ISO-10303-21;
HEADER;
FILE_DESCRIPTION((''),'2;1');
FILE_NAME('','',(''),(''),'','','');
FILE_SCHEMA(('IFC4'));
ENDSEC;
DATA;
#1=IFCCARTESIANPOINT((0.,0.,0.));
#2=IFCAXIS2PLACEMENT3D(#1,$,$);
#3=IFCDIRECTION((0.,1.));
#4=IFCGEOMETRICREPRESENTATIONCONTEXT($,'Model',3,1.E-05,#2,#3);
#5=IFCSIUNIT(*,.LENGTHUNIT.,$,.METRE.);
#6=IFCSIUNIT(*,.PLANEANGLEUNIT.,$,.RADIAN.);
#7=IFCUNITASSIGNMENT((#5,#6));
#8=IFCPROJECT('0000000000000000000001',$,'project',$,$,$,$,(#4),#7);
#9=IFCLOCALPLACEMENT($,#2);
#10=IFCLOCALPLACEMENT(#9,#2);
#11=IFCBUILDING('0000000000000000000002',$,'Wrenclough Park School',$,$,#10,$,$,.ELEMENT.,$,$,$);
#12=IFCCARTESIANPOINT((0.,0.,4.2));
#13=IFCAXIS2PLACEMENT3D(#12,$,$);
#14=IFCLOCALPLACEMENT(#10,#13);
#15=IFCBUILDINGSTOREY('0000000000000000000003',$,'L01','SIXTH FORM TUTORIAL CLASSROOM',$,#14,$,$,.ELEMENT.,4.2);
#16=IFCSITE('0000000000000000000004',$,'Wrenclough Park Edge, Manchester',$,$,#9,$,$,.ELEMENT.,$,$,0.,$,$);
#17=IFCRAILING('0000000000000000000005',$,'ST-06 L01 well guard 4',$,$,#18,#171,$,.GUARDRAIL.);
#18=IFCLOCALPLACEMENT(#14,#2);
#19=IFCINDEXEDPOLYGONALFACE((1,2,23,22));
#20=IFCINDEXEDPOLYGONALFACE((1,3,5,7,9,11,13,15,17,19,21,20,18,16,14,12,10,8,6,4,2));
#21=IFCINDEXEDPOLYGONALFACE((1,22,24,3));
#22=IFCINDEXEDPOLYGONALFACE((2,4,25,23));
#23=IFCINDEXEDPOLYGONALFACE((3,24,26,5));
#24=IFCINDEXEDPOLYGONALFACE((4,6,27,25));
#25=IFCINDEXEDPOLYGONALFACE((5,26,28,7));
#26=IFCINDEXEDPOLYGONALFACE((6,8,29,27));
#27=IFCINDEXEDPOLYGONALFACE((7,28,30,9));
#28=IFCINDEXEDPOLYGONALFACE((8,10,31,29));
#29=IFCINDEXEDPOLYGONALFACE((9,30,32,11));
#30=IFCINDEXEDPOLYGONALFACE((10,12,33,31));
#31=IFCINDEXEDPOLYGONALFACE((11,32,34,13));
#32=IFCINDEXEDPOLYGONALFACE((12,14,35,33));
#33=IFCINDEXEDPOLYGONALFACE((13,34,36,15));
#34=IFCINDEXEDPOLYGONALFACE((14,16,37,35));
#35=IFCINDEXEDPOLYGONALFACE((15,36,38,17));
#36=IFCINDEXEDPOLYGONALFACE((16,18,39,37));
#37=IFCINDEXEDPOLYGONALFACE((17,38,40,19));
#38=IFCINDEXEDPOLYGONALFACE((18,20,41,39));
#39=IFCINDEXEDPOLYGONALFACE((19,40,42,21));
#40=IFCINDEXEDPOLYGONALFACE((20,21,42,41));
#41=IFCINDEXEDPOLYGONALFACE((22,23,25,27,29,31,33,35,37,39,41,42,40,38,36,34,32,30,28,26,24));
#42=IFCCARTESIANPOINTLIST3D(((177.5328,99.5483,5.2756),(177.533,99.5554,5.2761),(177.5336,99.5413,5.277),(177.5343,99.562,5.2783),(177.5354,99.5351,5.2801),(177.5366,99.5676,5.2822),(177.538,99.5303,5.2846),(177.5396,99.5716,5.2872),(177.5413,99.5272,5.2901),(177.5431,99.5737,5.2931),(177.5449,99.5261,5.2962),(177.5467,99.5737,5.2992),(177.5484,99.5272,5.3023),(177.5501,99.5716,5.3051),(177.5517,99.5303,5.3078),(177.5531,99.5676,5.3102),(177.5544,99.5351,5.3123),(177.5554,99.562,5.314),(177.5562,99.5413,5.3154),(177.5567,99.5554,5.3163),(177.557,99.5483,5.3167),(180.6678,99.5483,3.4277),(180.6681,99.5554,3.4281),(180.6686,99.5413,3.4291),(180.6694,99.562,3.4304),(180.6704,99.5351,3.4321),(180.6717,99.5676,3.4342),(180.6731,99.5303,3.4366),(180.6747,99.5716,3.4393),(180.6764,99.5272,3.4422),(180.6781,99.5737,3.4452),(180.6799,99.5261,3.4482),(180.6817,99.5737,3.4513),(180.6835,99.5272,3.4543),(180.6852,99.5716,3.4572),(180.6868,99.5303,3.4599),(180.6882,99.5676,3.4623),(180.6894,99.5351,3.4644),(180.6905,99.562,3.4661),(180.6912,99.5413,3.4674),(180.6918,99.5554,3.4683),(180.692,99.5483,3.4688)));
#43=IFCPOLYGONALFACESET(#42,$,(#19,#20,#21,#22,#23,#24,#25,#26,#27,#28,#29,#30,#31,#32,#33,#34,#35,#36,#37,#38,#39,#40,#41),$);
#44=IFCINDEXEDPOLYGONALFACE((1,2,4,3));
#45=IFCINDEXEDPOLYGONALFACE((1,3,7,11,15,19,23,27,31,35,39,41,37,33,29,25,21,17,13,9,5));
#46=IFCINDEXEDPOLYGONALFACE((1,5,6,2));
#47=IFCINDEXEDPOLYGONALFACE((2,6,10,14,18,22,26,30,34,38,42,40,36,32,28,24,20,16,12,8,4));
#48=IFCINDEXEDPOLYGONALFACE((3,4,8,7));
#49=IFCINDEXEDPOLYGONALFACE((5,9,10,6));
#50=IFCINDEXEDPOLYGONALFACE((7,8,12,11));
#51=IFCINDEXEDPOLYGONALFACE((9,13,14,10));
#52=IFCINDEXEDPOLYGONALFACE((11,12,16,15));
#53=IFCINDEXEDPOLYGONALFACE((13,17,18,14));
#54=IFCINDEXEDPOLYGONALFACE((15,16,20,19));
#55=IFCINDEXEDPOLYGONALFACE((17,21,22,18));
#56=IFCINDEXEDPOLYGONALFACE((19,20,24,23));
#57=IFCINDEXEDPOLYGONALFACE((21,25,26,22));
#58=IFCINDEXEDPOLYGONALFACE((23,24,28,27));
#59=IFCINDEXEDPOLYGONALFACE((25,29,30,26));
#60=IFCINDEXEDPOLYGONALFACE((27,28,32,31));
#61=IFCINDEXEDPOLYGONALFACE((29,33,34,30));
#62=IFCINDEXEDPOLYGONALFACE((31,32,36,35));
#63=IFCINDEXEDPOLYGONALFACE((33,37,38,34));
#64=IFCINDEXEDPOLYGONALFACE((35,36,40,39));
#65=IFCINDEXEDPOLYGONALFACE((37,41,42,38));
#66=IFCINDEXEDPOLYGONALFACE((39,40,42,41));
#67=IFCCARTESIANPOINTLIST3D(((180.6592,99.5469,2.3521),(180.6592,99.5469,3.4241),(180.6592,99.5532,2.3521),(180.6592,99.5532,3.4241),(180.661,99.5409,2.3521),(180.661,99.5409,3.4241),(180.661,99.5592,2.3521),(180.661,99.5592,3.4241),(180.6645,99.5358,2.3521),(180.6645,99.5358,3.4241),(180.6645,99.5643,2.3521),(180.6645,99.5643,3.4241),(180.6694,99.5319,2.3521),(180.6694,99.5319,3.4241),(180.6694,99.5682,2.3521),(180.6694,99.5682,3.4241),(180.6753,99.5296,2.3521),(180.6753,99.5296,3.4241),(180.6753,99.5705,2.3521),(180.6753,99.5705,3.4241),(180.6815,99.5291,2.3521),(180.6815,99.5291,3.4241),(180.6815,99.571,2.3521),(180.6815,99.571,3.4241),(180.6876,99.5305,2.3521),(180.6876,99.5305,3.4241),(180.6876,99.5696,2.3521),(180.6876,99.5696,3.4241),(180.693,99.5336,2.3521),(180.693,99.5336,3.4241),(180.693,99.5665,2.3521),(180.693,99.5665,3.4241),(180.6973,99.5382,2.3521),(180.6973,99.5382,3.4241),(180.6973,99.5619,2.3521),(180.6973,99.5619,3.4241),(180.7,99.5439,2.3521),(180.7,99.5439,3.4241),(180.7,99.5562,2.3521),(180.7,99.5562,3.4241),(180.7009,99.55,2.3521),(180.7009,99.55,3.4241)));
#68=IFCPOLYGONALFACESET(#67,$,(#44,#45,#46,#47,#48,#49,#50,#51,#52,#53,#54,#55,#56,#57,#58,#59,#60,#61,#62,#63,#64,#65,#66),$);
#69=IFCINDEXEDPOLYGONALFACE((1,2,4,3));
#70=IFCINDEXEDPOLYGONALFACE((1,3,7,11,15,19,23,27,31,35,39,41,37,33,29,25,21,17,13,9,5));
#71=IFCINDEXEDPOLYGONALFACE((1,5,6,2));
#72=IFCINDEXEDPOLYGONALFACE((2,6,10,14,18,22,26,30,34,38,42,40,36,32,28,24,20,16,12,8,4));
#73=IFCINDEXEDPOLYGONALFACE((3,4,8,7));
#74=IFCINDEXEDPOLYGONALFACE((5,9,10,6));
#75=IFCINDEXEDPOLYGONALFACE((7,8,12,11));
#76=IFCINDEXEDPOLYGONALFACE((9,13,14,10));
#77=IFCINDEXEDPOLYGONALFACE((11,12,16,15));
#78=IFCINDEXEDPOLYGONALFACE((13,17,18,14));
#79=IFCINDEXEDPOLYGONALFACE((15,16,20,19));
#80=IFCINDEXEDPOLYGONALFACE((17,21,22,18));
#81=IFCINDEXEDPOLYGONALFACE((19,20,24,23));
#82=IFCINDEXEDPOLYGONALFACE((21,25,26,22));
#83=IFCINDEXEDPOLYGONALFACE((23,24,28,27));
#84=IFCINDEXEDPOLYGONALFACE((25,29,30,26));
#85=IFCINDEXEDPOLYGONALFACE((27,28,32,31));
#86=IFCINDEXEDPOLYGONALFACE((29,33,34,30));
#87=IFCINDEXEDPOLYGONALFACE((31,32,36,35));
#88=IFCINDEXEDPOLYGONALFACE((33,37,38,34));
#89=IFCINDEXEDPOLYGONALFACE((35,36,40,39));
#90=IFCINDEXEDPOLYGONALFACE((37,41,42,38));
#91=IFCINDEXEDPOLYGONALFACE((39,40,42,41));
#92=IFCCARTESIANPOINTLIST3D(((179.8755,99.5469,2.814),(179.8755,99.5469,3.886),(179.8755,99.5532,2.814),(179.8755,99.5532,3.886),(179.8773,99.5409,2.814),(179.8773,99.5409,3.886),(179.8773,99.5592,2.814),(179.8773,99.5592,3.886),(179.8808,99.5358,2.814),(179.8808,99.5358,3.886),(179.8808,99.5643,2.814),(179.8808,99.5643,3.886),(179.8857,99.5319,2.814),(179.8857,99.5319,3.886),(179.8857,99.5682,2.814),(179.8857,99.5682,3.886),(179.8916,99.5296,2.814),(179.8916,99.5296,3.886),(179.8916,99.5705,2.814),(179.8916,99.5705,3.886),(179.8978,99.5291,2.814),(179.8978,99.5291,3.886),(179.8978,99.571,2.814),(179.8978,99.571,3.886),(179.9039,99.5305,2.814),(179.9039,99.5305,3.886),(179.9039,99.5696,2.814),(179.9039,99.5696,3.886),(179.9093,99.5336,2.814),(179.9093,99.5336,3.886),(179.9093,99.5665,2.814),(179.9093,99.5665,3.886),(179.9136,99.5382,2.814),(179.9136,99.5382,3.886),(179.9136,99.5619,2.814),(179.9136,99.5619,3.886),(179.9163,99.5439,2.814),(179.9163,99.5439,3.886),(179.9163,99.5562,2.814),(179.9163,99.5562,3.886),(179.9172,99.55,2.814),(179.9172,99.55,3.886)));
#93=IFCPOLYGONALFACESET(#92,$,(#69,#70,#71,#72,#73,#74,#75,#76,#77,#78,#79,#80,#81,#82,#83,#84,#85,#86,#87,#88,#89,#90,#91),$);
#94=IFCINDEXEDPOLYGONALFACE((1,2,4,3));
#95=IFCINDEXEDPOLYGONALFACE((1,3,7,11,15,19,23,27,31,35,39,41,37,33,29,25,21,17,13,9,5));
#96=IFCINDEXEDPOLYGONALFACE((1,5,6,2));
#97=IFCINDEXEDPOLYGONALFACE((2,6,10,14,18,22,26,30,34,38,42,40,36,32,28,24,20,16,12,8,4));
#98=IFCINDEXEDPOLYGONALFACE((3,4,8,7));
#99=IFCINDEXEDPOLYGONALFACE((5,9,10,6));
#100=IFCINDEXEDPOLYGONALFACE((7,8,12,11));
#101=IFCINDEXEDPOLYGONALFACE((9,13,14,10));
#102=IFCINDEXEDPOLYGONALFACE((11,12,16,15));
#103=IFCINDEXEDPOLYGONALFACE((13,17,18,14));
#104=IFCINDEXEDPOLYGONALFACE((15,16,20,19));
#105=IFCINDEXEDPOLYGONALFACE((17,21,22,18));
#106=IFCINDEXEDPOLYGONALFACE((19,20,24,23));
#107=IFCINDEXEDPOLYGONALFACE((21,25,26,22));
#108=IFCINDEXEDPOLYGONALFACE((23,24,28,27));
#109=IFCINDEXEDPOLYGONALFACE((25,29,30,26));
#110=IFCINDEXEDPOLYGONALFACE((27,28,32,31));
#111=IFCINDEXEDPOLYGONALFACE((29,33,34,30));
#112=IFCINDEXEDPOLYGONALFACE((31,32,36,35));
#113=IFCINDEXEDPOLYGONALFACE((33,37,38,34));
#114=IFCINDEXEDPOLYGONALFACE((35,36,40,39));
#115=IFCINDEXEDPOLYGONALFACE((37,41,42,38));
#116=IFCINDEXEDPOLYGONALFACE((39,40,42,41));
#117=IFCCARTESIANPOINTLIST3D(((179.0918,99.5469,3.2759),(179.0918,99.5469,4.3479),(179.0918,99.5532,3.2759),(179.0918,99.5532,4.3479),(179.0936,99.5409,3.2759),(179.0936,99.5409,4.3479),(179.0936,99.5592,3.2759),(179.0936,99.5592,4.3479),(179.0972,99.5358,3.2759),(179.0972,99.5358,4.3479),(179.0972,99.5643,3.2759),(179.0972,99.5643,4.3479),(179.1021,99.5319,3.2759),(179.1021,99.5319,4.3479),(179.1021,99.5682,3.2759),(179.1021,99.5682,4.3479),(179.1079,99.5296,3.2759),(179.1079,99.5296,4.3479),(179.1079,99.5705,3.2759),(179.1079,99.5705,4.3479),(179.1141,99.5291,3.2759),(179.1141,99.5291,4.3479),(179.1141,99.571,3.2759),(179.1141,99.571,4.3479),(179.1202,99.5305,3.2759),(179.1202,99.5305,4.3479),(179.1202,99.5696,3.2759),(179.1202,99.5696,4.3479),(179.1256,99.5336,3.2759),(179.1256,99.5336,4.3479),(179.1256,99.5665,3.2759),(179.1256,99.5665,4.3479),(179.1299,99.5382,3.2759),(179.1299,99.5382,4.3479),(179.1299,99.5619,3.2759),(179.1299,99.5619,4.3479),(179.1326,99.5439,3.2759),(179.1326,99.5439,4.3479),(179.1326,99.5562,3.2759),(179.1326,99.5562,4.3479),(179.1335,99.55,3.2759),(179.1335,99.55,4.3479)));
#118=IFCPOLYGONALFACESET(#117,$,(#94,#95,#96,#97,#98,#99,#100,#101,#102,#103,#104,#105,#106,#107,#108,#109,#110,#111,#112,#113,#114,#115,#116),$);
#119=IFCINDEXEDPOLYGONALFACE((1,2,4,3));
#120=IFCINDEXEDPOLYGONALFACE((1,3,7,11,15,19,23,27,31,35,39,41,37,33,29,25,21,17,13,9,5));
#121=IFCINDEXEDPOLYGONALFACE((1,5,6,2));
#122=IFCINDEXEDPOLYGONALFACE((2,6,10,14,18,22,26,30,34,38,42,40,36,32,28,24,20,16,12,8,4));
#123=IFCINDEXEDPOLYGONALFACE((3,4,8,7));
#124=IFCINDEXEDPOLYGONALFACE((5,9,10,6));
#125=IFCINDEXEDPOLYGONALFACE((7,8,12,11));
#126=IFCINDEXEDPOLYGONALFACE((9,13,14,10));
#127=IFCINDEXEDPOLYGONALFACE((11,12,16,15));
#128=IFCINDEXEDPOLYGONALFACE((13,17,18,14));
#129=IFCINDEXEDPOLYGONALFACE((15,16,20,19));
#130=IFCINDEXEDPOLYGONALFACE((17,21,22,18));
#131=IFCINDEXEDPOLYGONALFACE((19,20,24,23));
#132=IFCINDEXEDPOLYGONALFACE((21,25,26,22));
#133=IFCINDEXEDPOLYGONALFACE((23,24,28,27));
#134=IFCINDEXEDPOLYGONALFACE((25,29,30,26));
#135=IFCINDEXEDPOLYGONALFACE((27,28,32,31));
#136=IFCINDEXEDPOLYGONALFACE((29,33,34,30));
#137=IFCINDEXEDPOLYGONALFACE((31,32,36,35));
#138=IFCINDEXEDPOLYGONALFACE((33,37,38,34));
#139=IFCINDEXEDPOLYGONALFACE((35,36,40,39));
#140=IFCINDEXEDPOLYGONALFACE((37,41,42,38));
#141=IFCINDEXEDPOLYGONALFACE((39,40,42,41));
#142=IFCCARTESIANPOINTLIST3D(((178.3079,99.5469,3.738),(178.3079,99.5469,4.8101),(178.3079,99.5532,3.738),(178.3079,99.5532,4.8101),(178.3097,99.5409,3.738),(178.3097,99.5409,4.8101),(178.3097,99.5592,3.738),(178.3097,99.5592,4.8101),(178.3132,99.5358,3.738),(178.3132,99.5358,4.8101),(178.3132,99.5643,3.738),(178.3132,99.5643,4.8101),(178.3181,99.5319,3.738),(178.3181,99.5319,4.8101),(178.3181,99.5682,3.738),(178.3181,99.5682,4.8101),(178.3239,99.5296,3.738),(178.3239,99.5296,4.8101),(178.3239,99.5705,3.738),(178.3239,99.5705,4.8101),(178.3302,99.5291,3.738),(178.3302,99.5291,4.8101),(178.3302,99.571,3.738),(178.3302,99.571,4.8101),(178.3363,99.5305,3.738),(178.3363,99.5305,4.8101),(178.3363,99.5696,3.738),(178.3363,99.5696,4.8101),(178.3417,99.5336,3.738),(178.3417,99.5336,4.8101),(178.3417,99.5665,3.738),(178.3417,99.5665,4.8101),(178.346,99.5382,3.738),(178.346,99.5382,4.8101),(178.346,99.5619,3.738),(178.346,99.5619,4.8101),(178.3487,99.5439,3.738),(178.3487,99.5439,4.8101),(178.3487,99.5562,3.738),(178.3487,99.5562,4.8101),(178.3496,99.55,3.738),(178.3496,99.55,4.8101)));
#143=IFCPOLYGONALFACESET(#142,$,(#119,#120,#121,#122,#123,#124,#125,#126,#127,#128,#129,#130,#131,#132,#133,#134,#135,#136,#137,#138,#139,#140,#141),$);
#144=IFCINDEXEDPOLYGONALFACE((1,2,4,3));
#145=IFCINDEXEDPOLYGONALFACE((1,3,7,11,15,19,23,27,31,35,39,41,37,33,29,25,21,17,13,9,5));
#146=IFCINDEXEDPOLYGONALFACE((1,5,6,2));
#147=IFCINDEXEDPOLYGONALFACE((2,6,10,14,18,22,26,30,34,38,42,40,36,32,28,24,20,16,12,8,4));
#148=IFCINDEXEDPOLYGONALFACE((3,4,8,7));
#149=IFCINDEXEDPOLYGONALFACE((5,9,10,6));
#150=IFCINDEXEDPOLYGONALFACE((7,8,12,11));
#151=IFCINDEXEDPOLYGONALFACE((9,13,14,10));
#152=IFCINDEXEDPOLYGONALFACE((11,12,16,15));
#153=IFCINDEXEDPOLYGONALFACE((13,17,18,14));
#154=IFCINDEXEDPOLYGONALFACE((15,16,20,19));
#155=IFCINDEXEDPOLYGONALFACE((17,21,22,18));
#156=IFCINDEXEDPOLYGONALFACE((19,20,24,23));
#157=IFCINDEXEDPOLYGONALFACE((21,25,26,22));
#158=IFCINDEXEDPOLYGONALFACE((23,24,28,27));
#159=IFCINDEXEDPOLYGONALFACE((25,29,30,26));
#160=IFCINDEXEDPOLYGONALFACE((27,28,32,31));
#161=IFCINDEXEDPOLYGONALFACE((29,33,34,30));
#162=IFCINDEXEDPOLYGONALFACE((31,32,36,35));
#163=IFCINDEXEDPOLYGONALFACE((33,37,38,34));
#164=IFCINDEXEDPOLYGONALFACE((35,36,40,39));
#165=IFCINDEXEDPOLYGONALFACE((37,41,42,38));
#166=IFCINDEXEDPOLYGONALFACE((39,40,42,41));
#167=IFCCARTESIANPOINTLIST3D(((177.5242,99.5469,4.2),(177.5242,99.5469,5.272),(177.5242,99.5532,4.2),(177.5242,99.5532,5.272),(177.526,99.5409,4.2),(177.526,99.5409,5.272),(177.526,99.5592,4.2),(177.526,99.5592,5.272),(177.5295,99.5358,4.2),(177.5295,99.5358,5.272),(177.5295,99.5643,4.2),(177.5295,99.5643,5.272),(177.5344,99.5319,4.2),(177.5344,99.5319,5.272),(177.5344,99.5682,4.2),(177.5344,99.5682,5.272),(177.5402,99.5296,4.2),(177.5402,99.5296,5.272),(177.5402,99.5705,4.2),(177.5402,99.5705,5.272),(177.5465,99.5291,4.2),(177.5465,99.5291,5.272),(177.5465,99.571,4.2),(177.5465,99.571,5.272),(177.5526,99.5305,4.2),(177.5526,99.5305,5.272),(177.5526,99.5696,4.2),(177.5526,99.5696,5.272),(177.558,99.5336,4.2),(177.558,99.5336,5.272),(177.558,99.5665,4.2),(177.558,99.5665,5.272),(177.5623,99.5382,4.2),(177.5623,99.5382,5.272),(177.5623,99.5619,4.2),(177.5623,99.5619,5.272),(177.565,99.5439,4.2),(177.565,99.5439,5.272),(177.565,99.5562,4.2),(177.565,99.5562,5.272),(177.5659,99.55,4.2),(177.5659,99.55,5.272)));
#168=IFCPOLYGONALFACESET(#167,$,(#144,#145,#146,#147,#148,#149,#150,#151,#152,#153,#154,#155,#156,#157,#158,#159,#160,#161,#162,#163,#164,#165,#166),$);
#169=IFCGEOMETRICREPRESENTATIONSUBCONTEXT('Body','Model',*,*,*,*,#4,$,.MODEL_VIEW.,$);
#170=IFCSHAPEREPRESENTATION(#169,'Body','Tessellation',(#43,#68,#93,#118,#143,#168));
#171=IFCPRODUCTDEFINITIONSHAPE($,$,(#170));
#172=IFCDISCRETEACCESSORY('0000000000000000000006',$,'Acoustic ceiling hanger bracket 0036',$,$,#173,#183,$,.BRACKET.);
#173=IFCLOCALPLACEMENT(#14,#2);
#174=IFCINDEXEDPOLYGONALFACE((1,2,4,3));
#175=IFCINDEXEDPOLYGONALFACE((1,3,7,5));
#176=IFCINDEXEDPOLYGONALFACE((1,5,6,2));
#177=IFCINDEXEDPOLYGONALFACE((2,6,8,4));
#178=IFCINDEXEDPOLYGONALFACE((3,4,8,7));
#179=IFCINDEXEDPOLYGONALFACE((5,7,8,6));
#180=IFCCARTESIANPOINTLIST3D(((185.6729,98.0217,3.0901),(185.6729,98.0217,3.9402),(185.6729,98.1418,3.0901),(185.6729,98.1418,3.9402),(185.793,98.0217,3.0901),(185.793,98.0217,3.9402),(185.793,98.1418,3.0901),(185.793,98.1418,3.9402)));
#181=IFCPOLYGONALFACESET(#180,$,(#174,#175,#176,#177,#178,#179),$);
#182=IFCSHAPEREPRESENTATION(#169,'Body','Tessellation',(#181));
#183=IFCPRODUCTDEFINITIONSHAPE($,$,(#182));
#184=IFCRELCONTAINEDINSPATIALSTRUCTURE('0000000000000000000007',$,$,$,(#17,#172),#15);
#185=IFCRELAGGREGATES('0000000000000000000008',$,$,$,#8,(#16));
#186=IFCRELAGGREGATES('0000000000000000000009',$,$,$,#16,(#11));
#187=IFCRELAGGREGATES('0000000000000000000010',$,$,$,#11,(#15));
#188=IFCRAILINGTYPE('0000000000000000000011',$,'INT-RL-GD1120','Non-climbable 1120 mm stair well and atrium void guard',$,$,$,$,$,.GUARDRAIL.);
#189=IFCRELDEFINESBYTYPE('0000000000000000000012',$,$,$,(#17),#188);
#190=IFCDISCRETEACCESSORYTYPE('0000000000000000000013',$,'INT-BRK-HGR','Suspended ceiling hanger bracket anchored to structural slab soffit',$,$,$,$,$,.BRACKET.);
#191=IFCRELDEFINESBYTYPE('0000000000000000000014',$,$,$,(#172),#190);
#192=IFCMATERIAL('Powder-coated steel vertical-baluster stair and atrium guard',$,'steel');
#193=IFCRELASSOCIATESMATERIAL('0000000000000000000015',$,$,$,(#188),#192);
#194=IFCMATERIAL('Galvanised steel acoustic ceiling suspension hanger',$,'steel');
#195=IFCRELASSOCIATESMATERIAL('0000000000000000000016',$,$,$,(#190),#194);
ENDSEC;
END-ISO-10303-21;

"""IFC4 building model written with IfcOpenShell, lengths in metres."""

from ifc_helpers import new_model, si_unit, direction, frame, origin, origin_2d, place, context, subcontext, project, spatial, rectangle, circle, extrude, material, type_object, element, save


model = new_model("IFC4")

# Units and contexts
model_context = context("Model", 3, precision=1e-05, world=origin(), true_north=direction((0.0, 1.0)))
body_context = subcontext(model_context, "Body", "Model", "MODEL_VIEW")
ifc_project = project(units=[si_unit("LENGTHUNIT", "METRE"), si_unit("PLANEANGLEUNIT", "RADIAN")], contexts=[model_context])

# Site, building, storey
site_placement = place(None, origin())
site = spatial("IfcSite", under=ifc_project, at=site_placement, Name="Wrenclough Park Edge, Manchester", CompositionType="ELEMENT", RefElevation=0.0)
building_placement = place(site_placement, origin())
building = spatial("IfcBuilding", under=site, at=building_placement, Name="Wrenclough Park School", CompositionType="ELEMENT")
storey_placement = place(building_placement, frame((0.0, 0.0, 4.2)))
storey = spatial("IfcBuildingStorey", under=building, at=storey_placement, Name="L01", Description="SIXTH FORM TUTORIAL CLASSROOM", CompositionType="ELEMENT", Elevation=4.2)

# Railing
ifc_material_1 = material(Name="Powder-coated steel vertical-baluster stair and atrium guard", Category="steel")
railing_type = type_object("IfcRailingType", Name="INT-RL-GD1120", Description="Non-climbable 1120 mm stair well and atrium void guard", PredefinedType="GUARDRAIL", material=ifc_material_1)
railing_1_placement = place(storey_placement, frame((180.6799, 99.55, 2.3521)))
element("IfcRailing", 1, at=railing_1_placement, inside=storey, type_object=railing_type, Name="ST-06 L01 well guard 4", PredefinedType="GUARDRAIL", context=body_context, shape_type="SweptSolid", body=[
    extrude(circle(Radius=0.0239, at=origin_2d()), frame((0.0, 0.0, 1.0962), z_axis=(-0.86148, 0.0, 0.507791), x_axis=(0.0, -1.0, 0.0)), (0.0, 0.0, 1.0), 3.6392),
    extrude(circle(Radius=0.021, at=origin_2d()), origin(), (0.0, 0.0, 1.0), 1.072),
    extrude(circle(Radius=0.021, at=origin_2d()), frame((-0.7837, 0.0, 0.4619)), (0.0, 0.0, 1.0), 1.072),
    extrude(circle(Radius=0.021, at=origin_2d()), frame((-1.5674, 0.0, 0.9238)), (0.0, 0.0, 1.0), 1.072),
    extrude(circle(Radius=0.021, at=origin_2d()), frame((-2.3513, 0.0, 1.386)), (0.0, 0.0, 1.0), 1.072),
    extrude(circle(Radius=0.021, at=origin_2d()), frame((-3.135, 0.0, 1.8479)), (0.0, 0.0, 1.0), 1.072),
])

# Discrete accessory
ifc_material_2 = material(Name="Galvanised steel acoustic ceiling suspension hanger", Category="steel")
discrete_accessory_type = type_object("IfcDiscreteAccessoryType", Name="INT-BRK-HGR", Description="Suspended ceiling hanger bracket anchored to structural slab soffit", PredefinedType="BRACKET", material=ifc_material_2)
discrete_accessory_placement = place(storey_placement, frame((185.7329, 98.0818, 3.0901), z_axis=(0.0, 0.0, 1.0), x_axis=(1.0, 0.0, 0.0)))
element("IfcDiscreteAccessory", 2, at=discrete_accessory_placement, inside=storey, type_object=discrete_accessory_type, Name="Acoustic ceiling hanger bracket 0036", PredefinedType="BRACKET", context=body_context, shape_type="SweptSolid", body=[
    extrude(rectangle(XDim=0.1201, YDim=0.1201, at=origin_2d()), origin(), (0.0, 0.0, 1.0), 0.8501),
])

save(model, "model.ifc")
